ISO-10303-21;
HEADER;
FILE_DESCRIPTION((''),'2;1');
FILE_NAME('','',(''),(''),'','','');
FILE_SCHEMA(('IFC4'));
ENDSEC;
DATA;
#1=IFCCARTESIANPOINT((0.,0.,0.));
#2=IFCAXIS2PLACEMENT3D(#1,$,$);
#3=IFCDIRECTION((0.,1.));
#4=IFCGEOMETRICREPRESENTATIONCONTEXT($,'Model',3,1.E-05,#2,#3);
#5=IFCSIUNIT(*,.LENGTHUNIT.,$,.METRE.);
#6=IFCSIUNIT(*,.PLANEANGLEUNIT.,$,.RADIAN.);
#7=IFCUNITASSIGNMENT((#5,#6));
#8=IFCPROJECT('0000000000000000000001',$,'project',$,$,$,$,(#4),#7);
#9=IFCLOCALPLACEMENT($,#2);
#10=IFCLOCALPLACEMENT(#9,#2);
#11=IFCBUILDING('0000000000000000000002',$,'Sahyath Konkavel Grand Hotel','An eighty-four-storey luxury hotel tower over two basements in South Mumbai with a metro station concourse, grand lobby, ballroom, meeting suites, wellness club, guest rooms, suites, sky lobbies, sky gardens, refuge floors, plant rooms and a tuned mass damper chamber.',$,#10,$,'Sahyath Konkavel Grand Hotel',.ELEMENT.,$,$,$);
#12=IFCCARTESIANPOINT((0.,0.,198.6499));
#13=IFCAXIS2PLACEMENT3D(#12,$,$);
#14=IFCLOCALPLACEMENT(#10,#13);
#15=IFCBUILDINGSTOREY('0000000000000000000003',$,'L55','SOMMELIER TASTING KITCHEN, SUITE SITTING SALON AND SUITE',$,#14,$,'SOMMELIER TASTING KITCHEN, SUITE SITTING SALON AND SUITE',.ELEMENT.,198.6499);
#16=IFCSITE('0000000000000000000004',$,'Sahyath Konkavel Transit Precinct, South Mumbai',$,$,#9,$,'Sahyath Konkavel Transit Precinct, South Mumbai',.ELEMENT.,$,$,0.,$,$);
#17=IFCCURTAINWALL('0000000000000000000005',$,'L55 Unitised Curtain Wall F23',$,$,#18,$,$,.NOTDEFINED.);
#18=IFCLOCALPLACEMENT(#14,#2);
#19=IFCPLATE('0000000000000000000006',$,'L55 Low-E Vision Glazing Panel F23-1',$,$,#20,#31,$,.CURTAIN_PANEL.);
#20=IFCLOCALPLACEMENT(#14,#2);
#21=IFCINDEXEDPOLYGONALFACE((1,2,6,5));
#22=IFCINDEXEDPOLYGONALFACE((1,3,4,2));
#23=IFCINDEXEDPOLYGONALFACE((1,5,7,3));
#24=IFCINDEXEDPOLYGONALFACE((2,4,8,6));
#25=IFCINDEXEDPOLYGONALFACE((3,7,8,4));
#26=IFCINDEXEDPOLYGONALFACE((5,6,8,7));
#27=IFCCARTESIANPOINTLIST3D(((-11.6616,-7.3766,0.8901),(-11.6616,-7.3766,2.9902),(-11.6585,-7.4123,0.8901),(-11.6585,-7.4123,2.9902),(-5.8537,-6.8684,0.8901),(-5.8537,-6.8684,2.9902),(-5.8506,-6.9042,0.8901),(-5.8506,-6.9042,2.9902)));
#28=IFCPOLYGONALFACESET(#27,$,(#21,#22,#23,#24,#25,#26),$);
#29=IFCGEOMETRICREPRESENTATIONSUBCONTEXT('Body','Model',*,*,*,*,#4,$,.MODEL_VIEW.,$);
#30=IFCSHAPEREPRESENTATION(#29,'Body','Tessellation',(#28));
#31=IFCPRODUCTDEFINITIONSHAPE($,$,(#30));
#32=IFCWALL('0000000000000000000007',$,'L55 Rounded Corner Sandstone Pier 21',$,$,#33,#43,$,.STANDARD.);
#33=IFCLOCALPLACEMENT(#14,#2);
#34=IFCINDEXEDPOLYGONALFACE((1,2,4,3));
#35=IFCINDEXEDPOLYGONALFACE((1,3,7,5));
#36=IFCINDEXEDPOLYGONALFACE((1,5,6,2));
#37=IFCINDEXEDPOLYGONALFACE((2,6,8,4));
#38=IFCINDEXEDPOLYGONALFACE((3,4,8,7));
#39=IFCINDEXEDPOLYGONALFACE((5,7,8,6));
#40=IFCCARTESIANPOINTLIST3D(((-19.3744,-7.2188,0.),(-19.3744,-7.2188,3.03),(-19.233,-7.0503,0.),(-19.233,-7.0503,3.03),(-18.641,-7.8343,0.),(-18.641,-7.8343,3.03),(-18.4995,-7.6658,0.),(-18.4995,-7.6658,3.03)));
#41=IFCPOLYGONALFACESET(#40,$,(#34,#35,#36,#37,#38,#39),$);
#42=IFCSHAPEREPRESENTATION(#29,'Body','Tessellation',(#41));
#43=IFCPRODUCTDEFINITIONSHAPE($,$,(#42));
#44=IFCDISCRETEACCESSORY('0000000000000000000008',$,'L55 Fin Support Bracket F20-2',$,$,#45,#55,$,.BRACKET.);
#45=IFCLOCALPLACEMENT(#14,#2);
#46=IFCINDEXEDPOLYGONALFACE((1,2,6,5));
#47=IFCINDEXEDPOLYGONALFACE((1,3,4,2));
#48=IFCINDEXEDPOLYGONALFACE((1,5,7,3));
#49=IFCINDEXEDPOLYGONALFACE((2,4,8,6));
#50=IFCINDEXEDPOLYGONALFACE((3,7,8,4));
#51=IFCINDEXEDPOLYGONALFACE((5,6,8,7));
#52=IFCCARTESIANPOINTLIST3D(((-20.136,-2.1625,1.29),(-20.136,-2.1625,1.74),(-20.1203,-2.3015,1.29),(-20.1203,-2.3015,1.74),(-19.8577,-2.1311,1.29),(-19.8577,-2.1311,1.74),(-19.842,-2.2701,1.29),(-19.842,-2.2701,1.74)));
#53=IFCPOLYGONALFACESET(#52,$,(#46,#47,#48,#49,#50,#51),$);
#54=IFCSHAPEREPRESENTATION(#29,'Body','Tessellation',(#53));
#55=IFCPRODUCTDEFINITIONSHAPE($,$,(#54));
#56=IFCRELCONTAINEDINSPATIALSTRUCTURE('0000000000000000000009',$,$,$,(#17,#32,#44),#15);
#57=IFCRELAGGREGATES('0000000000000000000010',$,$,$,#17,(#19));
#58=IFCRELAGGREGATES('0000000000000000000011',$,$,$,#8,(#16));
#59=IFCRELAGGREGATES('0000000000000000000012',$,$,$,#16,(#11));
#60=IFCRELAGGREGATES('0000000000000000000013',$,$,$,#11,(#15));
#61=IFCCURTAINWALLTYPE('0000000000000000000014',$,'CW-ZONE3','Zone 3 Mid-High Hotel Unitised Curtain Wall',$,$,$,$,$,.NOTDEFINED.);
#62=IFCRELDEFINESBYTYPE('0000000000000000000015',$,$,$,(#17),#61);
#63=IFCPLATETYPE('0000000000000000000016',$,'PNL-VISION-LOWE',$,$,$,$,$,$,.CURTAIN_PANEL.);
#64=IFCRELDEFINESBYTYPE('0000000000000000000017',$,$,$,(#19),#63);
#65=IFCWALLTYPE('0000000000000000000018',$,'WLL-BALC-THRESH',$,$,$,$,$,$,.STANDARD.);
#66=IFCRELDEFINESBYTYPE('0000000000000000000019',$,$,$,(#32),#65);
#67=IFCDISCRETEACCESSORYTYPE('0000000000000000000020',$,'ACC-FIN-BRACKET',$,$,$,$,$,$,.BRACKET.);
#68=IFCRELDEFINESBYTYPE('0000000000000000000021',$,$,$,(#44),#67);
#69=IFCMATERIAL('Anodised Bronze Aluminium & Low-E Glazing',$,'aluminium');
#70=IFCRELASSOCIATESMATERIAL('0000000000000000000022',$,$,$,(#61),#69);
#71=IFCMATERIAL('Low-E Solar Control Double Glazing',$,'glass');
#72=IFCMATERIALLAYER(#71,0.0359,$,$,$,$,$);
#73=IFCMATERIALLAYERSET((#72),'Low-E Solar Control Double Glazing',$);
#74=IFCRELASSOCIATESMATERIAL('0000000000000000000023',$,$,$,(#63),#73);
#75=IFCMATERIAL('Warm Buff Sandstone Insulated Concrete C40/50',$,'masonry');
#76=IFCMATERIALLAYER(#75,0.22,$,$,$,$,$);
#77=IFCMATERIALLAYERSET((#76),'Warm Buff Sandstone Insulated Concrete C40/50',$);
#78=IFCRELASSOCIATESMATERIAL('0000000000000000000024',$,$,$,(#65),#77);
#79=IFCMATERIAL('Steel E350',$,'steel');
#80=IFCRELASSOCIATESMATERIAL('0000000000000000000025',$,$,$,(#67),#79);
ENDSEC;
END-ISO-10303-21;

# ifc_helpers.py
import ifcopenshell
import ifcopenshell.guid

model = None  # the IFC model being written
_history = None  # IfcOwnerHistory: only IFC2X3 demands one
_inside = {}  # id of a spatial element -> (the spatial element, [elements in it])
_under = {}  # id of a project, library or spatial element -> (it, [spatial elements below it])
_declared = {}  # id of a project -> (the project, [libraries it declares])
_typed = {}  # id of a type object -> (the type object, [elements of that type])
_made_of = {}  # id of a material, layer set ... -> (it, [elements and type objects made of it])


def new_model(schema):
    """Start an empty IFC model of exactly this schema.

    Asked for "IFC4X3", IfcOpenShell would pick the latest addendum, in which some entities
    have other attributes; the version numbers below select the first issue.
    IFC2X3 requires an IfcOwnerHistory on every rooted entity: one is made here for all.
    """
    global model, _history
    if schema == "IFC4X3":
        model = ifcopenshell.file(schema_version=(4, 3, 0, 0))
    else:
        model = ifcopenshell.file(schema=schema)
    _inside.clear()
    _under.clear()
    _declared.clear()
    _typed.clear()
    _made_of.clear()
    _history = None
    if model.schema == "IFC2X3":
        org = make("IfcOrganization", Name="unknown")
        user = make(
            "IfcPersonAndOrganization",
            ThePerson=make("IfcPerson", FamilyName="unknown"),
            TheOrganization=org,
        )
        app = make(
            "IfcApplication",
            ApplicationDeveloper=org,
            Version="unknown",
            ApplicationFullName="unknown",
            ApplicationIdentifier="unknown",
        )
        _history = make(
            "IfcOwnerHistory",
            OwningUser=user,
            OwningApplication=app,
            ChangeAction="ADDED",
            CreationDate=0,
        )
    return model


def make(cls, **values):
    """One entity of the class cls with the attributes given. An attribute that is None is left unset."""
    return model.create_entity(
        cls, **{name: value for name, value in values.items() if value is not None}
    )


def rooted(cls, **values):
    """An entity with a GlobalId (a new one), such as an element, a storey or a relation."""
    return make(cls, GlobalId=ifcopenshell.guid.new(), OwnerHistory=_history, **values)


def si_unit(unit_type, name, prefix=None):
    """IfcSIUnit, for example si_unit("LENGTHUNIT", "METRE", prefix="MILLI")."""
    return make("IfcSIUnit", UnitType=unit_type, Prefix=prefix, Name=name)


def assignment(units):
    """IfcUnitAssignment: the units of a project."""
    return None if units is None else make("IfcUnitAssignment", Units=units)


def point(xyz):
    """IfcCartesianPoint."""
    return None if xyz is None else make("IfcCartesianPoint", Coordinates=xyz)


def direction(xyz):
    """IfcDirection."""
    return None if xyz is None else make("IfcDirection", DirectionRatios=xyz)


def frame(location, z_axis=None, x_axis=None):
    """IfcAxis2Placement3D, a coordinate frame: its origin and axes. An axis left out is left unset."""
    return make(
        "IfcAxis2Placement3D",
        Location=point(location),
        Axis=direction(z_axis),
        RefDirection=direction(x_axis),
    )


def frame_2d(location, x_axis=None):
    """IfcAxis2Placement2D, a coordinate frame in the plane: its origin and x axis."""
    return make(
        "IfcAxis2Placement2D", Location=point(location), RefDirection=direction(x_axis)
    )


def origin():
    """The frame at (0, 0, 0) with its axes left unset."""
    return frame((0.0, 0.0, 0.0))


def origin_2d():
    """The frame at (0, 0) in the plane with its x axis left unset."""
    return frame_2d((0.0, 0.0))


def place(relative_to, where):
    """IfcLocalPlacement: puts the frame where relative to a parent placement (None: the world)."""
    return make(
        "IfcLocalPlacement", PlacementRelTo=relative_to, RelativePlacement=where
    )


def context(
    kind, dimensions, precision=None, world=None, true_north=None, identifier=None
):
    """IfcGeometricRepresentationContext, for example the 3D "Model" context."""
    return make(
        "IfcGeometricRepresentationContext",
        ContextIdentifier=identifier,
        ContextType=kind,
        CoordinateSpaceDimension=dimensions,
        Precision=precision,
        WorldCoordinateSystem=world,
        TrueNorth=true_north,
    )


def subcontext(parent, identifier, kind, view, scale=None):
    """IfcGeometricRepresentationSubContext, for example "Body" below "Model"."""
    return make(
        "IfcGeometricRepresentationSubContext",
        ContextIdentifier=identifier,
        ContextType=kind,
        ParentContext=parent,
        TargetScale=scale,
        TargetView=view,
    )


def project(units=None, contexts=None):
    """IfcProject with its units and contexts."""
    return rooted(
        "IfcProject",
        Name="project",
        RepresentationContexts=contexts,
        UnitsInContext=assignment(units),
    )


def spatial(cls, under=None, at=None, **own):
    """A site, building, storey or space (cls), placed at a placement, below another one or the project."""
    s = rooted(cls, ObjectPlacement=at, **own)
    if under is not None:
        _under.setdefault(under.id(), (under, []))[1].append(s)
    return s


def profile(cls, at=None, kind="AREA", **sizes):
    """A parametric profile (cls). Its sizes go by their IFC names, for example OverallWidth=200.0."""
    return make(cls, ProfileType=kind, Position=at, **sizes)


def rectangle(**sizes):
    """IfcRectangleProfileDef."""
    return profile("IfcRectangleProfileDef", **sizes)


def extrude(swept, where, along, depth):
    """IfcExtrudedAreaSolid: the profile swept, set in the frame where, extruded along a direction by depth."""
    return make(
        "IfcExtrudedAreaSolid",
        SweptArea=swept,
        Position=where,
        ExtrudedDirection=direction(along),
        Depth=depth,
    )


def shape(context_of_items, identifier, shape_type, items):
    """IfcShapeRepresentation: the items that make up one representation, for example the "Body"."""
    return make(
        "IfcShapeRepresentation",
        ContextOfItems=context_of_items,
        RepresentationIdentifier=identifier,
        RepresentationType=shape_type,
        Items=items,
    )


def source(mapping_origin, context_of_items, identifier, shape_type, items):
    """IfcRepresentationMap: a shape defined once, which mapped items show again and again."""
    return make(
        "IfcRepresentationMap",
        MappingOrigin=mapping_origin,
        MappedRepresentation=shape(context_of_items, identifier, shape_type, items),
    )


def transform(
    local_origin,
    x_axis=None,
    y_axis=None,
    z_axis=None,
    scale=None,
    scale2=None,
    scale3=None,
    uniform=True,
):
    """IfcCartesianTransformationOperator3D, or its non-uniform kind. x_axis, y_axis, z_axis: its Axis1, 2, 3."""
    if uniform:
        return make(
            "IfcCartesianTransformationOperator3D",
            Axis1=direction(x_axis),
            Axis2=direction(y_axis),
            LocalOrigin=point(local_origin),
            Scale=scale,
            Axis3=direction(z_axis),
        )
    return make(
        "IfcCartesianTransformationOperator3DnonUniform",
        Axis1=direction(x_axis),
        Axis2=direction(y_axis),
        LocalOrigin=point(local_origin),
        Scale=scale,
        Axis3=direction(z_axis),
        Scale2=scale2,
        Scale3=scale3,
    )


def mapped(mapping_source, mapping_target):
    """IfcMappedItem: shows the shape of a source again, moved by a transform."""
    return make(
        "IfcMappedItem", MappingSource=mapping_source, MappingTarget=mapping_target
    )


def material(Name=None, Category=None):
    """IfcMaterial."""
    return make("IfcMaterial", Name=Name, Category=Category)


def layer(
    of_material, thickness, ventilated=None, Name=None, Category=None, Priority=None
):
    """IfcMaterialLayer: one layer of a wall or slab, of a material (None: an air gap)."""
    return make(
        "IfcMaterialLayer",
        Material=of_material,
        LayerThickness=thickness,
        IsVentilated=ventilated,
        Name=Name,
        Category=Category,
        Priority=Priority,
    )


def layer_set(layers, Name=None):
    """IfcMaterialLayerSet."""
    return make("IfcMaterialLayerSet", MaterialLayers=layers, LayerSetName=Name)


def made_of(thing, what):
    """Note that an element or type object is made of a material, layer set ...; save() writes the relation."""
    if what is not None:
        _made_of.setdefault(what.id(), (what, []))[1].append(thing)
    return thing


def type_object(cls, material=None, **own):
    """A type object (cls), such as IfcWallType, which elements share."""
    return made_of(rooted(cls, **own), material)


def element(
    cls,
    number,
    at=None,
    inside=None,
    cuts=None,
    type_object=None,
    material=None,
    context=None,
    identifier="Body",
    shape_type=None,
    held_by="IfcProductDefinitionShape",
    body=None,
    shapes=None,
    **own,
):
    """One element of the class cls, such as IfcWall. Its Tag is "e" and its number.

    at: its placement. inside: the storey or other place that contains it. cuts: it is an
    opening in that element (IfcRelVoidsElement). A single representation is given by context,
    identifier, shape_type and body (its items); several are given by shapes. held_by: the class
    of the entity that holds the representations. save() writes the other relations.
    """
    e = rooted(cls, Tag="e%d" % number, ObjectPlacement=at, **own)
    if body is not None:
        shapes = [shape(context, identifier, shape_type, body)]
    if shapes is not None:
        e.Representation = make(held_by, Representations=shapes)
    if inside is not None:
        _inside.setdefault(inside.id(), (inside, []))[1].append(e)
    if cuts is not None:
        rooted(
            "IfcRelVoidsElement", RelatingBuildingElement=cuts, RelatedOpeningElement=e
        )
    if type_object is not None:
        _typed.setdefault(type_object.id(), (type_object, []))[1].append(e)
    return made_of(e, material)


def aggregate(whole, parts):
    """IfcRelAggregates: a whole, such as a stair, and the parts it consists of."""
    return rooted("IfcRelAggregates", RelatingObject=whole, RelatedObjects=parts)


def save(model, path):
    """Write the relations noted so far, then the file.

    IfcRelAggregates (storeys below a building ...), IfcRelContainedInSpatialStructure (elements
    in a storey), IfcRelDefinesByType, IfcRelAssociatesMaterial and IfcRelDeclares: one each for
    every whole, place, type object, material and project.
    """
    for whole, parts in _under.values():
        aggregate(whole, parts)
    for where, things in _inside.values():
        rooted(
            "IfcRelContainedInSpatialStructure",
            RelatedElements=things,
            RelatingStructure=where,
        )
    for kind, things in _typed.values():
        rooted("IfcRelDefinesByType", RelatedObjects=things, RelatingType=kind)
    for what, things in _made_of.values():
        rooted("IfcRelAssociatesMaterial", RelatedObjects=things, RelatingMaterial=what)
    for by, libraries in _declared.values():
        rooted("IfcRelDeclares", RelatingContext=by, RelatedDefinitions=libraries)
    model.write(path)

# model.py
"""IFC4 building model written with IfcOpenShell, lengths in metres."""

from ifc_helpers import new_model, si_unit, direction, frame, frame_2d, origin, origin_2d, place, context, subcontext, project, spatial, rectangle, extrude, source, transform, mapped, material, layer, layer_set, type_object, element, aggregate, save


model = new_model("IFC4")

# Units and contexts
model_context = context("Model", 3, precision=1e-05, world=origin(), true_north=direction((0.0, 1.0)))
body_context = subcontext(model_context, "Body", "Model", "MODEL_VIEW")
ifc_project = project(units=[si_unit("LENGTHUNIT", "METRE"), si_unit("PLANEANGLEUNIT", "RADIAN")], contexts=[model_context])

# Site, building, storey
site_placement = place(None, origin())
site = spatial("IfcSite", under=ifc_project, at=site_placement, Name="Sahyath Konkavel Transit Precinct, South Mumbai", LongName="Sahyath Konkavel Transit Precinct, South Mumbai", CompositionType="ELEMENT", RefElevation=0.0)
building_placement = place(site_placement, origin())
building = spatial("IfcBuilding", under=site, at=building_placement, Name="Sahyath Konkavel Grand Hotel", Description="An eighty-four-storey luxury hotel tower over two basements in South Mumbai with a metro station concourse, grand lobby, ballroom, meeting suites, wellness club, guest rooms, suites, sky lobbies, sky gardens, refuge floors, plant rooms and a tuned mass damper chamber.", LongName="Sahyath Konkavel Grand Hotel", CompositionType="ELEMENT")
storey_placement = place(building_placement, frame((0.0, 0.0, 198.6499)))
storey = spatial("IfcBuildingStorey", under=building, at=storey_placement, Name="L55", Description="SOMMELIER TASTING KITCHEN, SUITE SITTING SALON AND SUITE", LongName="SOMMELIER TASTING KITCHEN, SUITE SITTING SALON AND SUITE", CompositionType="ELEMENT", Elevation=198.6499)

# Shared definitions
ifc_material_1 = material(Name="Steel E350", Category="steel")

# Shared definitions
ifc_material_2 = material(Name="Anodised Bronze Aluminium & Low-E Glazing", Category="aluminium")
curtain_wall_type = type_object("IfcCurtainWallType", Name="CW-ZONE3", Description="Zone 3 Mid-High Hotel Unitised Curtain Wall", PredefinedType="NOTDEFINED", material=ifc_material_2)

# Curtain wall
curtain_wall_1_placement = place(storey_placement, origin())
curtain_wall_1 = element("IfcCurtainWall", 1, at=curtain_wall_1_placement, inside=storey, type_object=curtain_wall_type, Name="L55 Unitised Curtain Wall F23", PredefinedType="NOTDEFINED")

# Plate
ifc_material_3 = material(Name="Low-E Solar Control Double Glazing", Category="glass")
ifc_layer_1 = layer(ifc_material_3, 0.0359)
ifc_layer_set_1 = layer_set([ifc_layer_1], Name="Low-E Solar Control Double Glazing")
plate_type_1 = type_object("IfcPlateType", Name="PNL-VISION-LOWE", PredefinedType="CURTAIN_PANEL", material=ifc_layer_set_1)
shared_shape_1 = source(origin(), body_context, "Body", "SweptSolid", [
    extrude(rectangle(XDim=5.8301, YDim=0.0359, at=origin_2d()), origin(), (0.0, 0.0, 1.0), 2.1001),
])
plate_1_placement = place(storey_placement, frame((-8.7561, -7.1404, 0.8901), z_axis=(0.0, 0.0, 1.0), x_axis=(0.996195, 0.087156, 0.0)))
plate_1 = element("IfcPlate", 2, at=plate_1_placement, type_object=plate_type_1, Name="L55 Low-E Vision Glazing Panel F23-1", PredefinedType="CURTAIN_PANEL", context=body_context, shape_type="MappedRepresentation", body=[
    mapped(shared_shape_1, transform((0.0, 0.0, 0.0), scale=1.0)),
])
aggregate(curtain_wall_1, [plate_1])

# Wall
ifc_material_4 = material(Name="Warm Buff Sandstone Insulated Concrete C40/50", Category="masonry")
ifc_layer_2 = layer(ifc_material_4, 0.22)
ifc_layer_set_2 = layer_set([ifc_layer_2], Name="Warm Buff Sandstone Insulated Concrete C40/50")
wall_type = type_object("IfcWallType", Name="WLL-BALC-THRESH", PredefinedType="STANDARD", material=ifc_layer_set_2)
wall_placement = place(storey_placement, frame((-19.3037, -7.1345, 0.0), z_axis=(0.0, 0.0, 1.0), x_axis=(0.766001, -0.642839, 0.0)))
element("IfcWall", 3, at=wall_placement, inside=storey, type_object=wall_type, Name="L55 Rounded Corner Sandstone Pier 21", PredefinedType="STANDARD", context=body_context, shape_type="SweptSolid", body=[
    extrude(rectangle(XDim=0.9575, YDim=0.22, at=frame_2d((0.4788, 0.0))), origin(), (0.0, 0.0, 1.0), 3.03),
])

# Discrete accessory
discrete_accessory_type = type_object("IfcDiscreteAccessoryType", Name="ACC-FIN-BRACKET", PredefinedType="BRACKET", material=ifc_material_1)
shared_shape_2 = source(origin(), body_context, "Body", "SweptSolid", [
    extrude(rectangle(XDim=0.28, YDim=0.1399, at=origin_2d()), origin(), (0.0, 0.0, 1.0), 0.45),
])
discrete_accessory_placement = place(storey_placement, frame((-19.989, -2.2163, 1.29), z_axis=(0.0, 0.0, 1.0), x_axis=(-0.993709, -0.111989, 0.0)))
element("IfcDiscreteAccessory", 4, at=discrete_accessory_placement, inside=storey, type_object=discrete_accessory_type, Name="L55 Fin Support Bracket F20-2", PredefinedType="BRACKET", context=body_context, shape_type="MappedRepresentation", body=[
    mapped(shared_shape_2, transform((0.0, 0.0, 0.0), scale=1.0)),
])

save(model, "model.ifc")
